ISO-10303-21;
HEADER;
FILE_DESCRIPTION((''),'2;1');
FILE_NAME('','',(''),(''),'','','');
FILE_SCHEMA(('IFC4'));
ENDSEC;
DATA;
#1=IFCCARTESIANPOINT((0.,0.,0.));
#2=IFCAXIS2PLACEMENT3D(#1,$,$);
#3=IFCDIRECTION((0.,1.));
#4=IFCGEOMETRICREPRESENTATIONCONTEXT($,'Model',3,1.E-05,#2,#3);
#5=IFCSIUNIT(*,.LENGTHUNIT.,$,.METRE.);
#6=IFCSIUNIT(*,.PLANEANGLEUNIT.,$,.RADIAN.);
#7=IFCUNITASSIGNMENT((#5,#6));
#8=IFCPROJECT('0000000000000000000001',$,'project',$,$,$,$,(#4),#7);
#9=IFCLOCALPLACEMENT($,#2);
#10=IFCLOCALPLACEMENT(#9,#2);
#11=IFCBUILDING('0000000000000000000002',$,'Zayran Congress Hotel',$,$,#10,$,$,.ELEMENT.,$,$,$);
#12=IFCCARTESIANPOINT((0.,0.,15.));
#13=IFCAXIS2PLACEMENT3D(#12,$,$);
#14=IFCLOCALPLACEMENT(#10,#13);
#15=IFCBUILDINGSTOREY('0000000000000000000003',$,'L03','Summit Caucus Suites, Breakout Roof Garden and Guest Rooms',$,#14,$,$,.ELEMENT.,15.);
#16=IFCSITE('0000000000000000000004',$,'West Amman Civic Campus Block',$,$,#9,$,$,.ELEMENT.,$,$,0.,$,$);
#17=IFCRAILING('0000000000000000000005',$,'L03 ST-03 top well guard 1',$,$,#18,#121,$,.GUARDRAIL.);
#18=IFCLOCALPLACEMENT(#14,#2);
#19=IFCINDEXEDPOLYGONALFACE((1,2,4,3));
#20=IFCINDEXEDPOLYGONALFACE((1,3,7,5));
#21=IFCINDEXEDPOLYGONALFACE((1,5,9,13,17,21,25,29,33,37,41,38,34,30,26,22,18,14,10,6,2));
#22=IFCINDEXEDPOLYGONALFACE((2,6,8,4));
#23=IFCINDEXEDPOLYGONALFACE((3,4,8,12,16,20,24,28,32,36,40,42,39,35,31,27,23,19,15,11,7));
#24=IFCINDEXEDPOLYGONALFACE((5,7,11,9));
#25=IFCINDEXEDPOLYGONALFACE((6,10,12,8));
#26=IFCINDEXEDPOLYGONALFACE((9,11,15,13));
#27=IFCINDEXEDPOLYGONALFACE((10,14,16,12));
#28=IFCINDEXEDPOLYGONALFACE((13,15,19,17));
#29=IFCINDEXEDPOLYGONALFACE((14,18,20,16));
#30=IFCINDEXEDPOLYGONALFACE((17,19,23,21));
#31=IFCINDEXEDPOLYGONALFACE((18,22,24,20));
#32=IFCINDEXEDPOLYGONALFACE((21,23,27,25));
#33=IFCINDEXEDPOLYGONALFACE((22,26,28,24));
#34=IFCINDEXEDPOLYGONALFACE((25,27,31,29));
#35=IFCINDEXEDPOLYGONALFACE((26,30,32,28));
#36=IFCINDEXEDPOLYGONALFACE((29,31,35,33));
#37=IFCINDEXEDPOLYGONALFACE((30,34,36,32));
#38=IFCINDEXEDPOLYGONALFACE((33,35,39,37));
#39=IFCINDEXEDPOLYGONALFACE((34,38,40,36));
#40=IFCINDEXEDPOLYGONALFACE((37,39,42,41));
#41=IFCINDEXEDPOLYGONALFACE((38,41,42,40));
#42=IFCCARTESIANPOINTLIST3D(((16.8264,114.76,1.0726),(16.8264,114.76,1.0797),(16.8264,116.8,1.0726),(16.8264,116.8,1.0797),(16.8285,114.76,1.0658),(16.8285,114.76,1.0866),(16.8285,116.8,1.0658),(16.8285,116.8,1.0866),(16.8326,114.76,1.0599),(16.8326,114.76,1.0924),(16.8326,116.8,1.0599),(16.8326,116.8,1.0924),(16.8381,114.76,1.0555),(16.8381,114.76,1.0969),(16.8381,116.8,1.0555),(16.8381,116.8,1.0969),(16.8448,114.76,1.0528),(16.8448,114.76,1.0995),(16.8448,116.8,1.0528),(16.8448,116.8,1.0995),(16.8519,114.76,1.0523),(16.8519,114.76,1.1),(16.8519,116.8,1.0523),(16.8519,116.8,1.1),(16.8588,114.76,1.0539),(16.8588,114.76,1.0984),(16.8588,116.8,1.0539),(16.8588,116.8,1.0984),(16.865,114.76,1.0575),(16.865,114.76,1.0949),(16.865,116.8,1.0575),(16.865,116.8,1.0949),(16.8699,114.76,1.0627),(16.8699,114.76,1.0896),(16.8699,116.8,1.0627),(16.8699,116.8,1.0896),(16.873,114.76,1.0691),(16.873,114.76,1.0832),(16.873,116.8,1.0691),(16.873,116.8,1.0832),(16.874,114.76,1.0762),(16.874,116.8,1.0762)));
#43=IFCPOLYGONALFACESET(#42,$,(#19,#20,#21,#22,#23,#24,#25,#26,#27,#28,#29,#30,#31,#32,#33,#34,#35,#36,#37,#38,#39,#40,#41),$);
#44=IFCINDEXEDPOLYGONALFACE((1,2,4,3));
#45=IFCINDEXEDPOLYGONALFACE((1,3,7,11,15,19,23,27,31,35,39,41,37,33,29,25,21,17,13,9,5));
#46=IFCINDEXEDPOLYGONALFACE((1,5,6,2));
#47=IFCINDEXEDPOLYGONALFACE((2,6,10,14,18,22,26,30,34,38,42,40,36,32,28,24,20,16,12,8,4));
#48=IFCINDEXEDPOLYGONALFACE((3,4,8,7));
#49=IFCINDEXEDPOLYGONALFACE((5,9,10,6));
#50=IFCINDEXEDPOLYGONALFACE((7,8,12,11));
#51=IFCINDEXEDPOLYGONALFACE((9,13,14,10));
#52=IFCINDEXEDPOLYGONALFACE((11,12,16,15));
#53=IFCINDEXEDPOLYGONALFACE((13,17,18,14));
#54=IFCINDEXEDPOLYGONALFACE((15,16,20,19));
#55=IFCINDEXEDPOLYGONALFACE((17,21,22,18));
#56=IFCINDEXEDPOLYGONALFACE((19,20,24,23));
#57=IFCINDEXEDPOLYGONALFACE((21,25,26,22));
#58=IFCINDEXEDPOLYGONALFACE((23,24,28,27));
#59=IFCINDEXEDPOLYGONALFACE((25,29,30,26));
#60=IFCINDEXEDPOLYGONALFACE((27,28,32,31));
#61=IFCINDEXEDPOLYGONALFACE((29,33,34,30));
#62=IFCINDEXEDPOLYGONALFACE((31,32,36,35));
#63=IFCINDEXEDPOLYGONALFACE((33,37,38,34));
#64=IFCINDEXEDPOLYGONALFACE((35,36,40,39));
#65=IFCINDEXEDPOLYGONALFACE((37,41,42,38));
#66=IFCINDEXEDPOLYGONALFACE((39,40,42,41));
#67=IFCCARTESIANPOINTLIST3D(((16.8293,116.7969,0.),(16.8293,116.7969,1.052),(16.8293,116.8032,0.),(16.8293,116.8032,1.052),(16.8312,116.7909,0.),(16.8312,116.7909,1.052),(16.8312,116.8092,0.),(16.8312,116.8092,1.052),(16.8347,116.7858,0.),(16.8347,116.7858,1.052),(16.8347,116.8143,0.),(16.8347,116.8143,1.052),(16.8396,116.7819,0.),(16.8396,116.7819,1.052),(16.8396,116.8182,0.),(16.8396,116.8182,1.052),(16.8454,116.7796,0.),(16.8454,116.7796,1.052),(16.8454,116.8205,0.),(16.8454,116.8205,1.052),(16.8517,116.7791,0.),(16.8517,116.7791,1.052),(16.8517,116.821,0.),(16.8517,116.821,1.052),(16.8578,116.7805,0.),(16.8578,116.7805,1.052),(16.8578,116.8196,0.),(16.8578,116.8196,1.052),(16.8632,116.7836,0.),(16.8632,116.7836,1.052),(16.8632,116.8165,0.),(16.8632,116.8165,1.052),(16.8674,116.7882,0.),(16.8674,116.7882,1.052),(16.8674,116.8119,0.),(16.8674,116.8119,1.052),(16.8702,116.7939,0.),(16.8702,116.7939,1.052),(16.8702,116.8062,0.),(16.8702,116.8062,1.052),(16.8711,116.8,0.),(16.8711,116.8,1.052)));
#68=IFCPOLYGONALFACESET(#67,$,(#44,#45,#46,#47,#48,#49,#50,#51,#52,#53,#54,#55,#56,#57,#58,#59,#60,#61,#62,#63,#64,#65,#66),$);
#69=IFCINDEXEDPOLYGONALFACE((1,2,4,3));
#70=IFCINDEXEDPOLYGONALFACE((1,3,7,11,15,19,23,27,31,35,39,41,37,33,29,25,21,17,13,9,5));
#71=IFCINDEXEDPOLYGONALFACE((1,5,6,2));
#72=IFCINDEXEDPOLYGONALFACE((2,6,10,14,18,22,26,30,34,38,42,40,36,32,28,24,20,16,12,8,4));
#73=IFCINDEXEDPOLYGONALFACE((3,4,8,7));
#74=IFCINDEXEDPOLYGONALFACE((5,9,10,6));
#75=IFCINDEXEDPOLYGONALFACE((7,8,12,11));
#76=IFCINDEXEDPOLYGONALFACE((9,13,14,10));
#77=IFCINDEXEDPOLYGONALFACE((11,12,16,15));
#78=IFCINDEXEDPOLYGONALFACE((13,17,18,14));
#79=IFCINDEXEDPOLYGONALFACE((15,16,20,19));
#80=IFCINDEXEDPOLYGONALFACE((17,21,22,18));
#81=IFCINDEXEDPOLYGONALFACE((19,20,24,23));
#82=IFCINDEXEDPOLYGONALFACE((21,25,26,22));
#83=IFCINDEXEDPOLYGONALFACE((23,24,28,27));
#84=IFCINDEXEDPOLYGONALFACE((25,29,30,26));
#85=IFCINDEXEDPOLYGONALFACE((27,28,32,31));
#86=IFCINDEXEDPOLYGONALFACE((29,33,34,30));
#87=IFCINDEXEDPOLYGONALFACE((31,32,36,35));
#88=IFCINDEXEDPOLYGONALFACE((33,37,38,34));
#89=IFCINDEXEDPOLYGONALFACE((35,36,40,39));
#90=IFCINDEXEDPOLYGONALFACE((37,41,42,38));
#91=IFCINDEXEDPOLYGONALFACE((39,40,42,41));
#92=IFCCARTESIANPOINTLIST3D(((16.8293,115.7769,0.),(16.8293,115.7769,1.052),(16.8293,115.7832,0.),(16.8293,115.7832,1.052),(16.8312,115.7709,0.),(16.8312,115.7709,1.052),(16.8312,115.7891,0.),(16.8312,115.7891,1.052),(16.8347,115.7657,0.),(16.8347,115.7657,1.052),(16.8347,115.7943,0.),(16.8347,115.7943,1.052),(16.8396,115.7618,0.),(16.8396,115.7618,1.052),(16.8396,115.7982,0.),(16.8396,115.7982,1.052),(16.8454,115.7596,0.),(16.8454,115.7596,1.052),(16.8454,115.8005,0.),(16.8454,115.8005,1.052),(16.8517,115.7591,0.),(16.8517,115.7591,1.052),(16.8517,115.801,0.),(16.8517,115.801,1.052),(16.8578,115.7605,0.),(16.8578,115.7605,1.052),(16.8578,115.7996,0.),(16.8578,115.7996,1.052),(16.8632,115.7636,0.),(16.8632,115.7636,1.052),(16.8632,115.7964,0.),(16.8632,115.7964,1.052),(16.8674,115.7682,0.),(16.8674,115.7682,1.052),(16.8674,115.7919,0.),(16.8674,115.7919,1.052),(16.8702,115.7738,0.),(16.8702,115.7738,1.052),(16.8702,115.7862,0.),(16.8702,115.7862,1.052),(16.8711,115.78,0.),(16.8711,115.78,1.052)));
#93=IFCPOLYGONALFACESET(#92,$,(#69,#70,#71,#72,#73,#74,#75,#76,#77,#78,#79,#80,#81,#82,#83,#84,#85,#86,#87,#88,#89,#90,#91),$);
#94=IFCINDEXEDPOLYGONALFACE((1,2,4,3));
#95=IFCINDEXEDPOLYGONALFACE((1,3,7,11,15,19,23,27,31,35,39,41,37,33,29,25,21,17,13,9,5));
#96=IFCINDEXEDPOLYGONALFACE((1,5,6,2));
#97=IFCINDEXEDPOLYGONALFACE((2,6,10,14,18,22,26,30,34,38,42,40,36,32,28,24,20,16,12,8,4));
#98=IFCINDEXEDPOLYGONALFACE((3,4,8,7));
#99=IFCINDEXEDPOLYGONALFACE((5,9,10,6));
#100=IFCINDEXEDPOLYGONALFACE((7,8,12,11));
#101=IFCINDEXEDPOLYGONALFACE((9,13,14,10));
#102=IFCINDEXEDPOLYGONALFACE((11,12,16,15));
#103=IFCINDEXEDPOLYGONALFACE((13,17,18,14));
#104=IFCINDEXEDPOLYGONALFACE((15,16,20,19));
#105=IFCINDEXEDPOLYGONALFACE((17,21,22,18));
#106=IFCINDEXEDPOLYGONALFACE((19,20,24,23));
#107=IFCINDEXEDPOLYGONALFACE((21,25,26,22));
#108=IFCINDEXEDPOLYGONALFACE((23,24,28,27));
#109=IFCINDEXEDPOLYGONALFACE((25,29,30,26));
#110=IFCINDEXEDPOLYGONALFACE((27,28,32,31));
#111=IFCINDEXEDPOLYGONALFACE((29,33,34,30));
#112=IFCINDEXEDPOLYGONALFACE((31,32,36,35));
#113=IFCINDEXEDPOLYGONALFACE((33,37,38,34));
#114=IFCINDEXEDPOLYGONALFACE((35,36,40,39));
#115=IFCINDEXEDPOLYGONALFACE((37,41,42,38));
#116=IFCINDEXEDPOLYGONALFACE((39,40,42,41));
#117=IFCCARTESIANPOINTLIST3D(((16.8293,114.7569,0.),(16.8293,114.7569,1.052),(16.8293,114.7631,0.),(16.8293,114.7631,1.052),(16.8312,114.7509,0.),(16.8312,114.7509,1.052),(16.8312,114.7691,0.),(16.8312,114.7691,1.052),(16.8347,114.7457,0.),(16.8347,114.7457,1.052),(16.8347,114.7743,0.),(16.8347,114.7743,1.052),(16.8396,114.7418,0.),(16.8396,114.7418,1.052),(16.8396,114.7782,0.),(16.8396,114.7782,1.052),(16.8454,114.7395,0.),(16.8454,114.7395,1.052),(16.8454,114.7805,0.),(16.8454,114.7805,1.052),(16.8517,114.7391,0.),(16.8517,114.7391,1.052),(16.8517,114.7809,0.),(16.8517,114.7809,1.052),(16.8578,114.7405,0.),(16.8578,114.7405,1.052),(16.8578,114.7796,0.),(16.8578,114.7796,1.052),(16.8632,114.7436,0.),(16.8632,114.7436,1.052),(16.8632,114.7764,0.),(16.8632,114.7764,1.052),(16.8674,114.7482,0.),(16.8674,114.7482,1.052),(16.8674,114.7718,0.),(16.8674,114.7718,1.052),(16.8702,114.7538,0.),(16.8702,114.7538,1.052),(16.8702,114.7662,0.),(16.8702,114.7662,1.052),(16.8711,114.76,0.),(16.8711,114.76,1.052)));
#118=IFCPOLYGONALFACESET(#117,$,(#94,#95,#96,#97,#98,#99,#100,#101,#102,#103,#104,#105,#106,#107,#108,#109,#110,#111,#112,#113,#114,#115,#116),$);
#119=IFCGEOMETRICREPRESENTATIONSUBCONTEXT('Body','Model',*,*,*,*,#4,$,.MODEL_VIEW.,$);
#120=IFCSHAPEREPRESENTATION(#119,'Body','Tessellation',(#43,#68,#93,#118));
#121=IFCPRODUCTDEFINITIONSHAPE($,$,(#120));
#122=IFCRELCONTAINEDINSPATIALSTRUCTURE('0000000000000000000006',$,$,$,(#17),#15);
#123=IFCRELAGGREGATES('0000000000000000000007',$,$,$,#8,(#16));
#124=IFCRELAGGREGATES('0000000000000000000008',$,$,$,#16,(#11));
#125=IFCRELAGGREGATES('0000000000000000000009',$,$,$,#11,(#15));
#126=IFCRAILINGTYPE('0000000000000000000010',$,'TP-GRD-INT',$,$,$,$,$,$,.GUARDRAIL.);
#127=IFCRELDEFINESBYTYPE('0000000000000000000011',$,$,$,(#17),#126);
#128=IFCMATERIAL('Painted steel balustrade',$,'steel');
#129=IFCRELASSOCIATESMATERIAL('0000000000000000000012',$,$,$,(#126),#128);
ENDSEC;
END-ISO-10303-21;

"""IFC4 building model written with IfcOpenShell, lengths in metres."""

from ifc_helpers import new_model, si_unit, direction, frame, origin, origin_2d, place, context, subcontext, project, spatial, circle, extrude, material, type_object, element, save


model = new_model("IFC4")

# Units and contexts
model_context = context("Model", 3, precision=1e-05, world=origin(), true_north=direction((0.0, 1.0)))
body_context = subcontext(model_context, "Body", "Model", "MODEL_VIEW")
ifc_project = project(units=[si_unit("LENGTHUNIT", "METRE"), si_unit("PLANEANGLEUNIT", "RADIAN")], contexts=[model_context])

# Site, building, storey
site_placement = place(None, origin())
site = spatial("IfcSite", under=ifc_project, at=site_placement, Name="West Amman Civic Campus Block", CompositionType="ELEMENT", RefElevation=0.0)
building_placement = place(site_placement, origin())
building = spatial("IfcBuilding", under=site, at=building_placement, Name="Zayran Congress Hotel", CompositionType="ELEMENT")
storey_placement = place(building_placement, frame((0.0, 0.0, 15.0)))
storey = spatial("IfcBuildingStorey", under=building, at=storey_placement, Name="L03", Description="Summit Caucus Suites, Breakout Roof Garden and Guest Rooms", CompositionType="ELEMENT", Elevation=15.0)

# Railing
ifc_material_1 = material(Name="Painted steel balustrade", Category="steel")
railing_type = type_object("IfcRailingType", Name="TP-GRD-INT", PredefinedType="GUARDRAIL", material=ifc_material_1)
railing_placement = place(storey_placement, frame((16.8501, 116.8, 0.0)))
element("IfcRailing", 1, at=railing_placement, inside=storey, type_object=railing_type, Name="L03 ST-03 top well guard 1", PredefinedType="GUARDRAIL", context=body_context, shape_type="SweptSolid", body=[
    extrude(circle(Radius=0.0239, at=origin_2d()), frame((0.0, 0.0, 1.0762), z_axis=(0.0, -1.0, 0.0), x_axis=(1.0, 0.0, 0.0)), (0.0, 0.0, 1.0), 2.04),
    extrude(circle(Radius=0.021, at=origin_2d()), origin(), (0.0, 0.0, 1.0), 1.052),
    extrude(circle(Radius=0.021, at=origin_2d()), frame((0.0, -1.02, 0.0)), (0.0, 0.0, 1.0), 1.052),
    extrude(circle(Radius=0.021, at=origin_2d()), frame((0.0, -2.04, 0.0)), (0.0, 0.0, 1.0), 1.052),
])

save(model, "model.ifc")
